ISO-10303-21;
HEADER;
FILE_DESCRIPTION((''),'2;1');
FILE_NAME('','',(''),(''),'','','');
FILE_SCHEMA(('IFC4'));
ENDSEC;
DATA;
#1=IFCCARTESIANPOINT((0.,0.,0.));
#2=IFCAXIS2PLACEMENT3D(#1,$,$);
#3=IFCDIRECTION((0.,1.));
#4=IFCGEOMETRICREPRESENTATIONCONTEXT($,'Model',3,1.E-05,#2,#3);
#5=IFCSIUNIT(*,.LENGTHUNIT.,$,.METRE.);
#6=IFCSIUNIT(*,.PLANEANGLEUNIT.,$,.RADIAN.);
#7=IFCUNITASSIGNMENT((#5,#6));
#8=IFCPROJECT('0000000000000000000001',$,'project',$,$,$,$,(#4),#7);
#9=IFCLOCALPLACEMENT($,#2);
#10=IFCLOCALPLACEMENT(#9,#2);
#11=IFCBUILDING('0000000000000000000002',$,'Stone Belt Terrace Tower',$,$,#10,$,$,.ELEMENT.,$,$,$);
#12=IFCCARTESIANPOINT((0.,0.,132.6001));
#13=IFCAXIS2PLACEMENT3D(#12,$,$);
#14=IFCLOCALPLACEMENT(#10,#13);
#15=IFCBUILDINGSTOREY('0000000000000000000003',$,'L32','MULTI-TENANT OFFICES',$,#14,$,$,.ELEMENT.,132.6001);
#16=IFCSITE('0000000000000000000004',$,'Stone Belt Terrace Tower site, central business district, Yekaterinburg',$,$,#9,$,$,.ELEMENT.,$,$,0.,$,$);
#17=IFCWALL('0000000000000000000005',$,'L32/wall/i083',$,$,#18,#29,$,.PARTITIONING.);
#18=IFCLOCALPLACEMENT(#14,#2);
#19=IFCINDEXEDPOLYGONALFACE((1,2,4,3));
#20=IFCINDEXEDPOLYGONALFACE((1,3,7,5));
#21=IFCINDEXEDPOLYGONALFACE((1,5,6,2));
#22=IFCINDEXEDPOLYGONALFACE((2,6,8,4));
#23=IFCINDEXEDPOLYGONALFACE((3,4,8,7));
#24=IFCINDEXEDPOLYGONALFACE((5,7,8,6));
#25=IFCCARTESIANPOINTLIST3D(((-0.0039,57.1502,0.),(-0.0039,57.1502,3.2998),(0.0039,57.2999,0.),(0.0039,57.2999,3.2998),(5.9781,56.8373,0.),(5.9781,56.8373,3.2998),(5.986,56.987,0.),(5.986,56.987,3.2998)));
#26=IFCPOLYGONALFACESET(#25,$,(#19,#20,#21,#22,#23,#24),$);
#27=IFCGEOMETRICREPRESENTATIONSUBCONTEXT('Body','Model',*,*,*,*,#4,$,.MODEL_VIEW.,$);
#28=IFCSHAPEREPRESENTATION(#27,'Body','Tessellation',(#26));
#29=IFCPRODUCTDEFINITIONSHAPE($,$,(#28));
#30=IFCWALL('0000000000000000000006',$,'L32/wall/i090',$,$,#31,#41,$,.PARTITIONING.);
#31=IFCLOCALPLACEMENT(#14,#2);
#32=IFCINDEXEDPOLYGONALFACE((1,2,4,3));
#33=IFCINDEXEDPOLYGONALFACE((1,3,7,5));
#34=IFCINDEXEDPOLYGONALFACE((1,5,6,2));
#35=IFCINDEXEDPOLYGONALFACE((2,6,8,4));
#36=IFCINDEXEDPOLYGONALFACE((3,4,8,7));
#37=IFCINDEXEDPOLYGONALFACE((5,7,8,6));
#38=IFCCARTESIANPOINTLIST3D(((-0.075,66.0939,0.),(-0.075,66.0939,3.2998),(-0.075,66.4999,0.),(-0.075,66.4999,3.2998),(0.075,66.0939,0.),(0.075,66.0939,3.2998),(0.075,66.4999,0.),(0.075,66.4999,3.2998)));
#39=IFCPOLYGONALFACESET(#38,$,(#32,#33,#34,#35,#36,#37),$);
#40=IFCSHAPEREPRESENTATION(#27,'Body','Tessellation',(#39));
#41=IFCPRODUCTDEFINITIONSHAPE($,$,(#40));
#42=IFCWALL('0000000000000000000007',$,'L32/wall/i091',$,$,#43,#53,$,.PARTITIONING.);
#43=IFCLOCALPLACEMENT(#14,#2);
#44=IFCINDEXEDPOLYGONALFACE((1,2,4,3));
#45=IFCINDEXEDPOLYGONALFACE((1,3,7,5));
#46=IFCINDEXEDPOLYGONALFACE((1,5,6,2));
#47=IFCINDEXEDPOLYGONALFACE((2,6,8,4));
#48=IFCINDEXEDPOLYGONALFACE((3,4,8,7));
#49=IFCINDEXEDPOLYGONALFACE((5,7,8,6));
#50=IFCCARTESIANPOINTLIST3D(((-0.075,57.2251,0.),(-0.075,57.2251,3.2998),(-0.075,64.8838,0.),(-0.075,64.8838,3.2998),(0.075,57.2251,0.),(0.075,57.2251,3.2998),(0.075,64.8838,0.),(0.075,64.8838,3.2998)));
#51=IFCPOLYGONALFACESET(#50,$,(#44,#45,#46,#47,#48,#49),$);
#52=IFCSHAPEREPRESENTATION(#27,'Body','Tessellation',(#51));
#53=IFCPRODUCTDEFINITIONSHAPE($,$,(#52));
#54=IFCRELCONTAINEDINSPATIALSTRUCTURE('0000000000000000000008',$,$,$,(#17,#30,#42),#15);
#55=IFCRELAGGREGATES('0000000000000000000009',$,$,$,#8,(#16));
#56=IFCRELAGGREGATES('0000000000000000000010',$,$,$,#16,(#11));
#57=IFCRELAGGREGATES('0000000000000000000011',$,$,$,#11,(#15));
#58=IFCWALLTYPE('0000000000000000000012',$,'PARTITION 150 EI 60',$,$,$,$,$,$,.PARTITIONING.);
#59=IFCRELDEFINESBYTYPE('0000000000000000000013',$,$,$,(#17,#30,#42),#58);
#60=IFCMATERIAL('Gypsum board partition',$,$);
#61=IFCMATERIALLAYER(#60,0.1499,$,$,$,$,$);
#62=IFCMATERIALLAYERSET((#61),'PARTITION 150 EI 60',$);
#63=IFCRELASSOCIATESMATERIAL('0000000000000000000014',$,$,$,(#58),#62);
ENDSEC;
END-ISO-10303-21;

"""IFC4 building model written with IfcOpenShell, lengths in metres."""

from ifc_helpers import new_model, si_unit, direction, frame, frame_2d, origin, place, context, subcontext, project, spatial, rectangle, extrude, material, layer, layer_set, type_object, element, save


model = new_model("IFC4")

# Units and contexts
model_context = context("Model", 3, precision=1e-05, world=origin(), true_north=direction((0.0, 1.0)))
body_context = subcontext(model_context, "Body", "Model", "MODEL_VIEW")
ifc_project = project(units=[si_unit("LENGTHUNIT", "METRE"), si_unit("PLANEANGLEUNIT", "RADIAN")], contexts=[model_context])

# Site, building, storey
site_placement = place(None, origin())
site = spatial("IfcSite", under=ifc_project, at=site_placement, Name="Stone Belt Terrace Tower site, central business district, Yekaterinburg", CompositionType="ELEMENT", RefElevation=0.0)
building_placement = place(site_placement, origin())
building = spatial("IfcBuilding", under=site, at=building_placement, Name="Stone Belt Terrace Tower", CompositionType="ELEMENT")
storey_placement = place(building_placement, frame((0.0, 0.0, 132.6001)))
storey = spatial("IfcBuildingStorey", under=building, at=storey_placement, Name="L32", Description="MULTI-TENANT OFFICES", CompositionType="ELEMENT", Elevation=132.6001)

# Shared definitions
ifc_material_1 = material(Name="Gypsum board partition")

# Walls
ifc_layer_1 = layer(ifc_material_1, 0.1499)
ifc_layer_set_1 = layer_set([ifc_layer_1], Name="PARTITION 150 EI 60")
wall_type_1 = type_object("IfcWallType", Name="PARTITION 150 EI 60", PredefinedType="PARTITIONING", material=ifc_layer_set_1)
for number, where, z_axis, x_axis, name in (
    (1, (0.0, 57.2251, 0.0), (0.0, 0.0, 1.0), (0.998634, -0.052251, 0.0), "L32/wall/i083"),
):
    element("IfcWall", number, at=place(storey_placement, frame(where, z_axis=z_axis, x_axis=x_axis)), inside=storey, type_object=wall_type_1, Name=name, PredefinedType="PARTITIONING", context=body_context, shape_type="SweptSolid", body=[
        extrude(rectangle(XDim=5.9902, YDim=0.1499, at=frame_2d((2.9951, 0.0))), origin(), (0.0, 0.0, 1.0), 3.2998),
    ])
wall_1_placement = place(storey_placement, frame((0.0, 66.5, 0.0), z_axis=(0.0, 0.0, 1.0), x_axis=(0.0, -1.0, 0.0)))
element("IfcWall", 2, at=wall_1_placement, inside=storey, type_object=wall_type_1, Name="L32/wall/i090", PredefinedType="PARTITIONING", context=body_context, shape_type="SweptSolid", body=[
    extrude(rectangle(XDim=0.406, YDim=0.1499, at=frame_2d((0.2031, 0.0))), origin(), (0.0, 0.0, 1.0), 3.2998),
])
wall_2_placement = place(storey_placement, frame((0.0, 64.8838, 0.0), z_axis=(0.0, 0.0, 1.0), x_axis=(0.0, -1.0, 0.0)))
element("IfcWall", 3, at=wall_2_placement, inside=storey, type_object=wall_type_1, Name="L32/wall/i091", PredefinedType="PARTITIONING", context=body_context, shape_type="SweptSolid", body=[
    extrude(rectangle(XDim=7.6587, YDim=0.1499, at=frame_2d((3.8293, 0.0))), origin(), (0.0, 0.0, 1.0), 3.2998),
])

save(model, "model.ifc")
